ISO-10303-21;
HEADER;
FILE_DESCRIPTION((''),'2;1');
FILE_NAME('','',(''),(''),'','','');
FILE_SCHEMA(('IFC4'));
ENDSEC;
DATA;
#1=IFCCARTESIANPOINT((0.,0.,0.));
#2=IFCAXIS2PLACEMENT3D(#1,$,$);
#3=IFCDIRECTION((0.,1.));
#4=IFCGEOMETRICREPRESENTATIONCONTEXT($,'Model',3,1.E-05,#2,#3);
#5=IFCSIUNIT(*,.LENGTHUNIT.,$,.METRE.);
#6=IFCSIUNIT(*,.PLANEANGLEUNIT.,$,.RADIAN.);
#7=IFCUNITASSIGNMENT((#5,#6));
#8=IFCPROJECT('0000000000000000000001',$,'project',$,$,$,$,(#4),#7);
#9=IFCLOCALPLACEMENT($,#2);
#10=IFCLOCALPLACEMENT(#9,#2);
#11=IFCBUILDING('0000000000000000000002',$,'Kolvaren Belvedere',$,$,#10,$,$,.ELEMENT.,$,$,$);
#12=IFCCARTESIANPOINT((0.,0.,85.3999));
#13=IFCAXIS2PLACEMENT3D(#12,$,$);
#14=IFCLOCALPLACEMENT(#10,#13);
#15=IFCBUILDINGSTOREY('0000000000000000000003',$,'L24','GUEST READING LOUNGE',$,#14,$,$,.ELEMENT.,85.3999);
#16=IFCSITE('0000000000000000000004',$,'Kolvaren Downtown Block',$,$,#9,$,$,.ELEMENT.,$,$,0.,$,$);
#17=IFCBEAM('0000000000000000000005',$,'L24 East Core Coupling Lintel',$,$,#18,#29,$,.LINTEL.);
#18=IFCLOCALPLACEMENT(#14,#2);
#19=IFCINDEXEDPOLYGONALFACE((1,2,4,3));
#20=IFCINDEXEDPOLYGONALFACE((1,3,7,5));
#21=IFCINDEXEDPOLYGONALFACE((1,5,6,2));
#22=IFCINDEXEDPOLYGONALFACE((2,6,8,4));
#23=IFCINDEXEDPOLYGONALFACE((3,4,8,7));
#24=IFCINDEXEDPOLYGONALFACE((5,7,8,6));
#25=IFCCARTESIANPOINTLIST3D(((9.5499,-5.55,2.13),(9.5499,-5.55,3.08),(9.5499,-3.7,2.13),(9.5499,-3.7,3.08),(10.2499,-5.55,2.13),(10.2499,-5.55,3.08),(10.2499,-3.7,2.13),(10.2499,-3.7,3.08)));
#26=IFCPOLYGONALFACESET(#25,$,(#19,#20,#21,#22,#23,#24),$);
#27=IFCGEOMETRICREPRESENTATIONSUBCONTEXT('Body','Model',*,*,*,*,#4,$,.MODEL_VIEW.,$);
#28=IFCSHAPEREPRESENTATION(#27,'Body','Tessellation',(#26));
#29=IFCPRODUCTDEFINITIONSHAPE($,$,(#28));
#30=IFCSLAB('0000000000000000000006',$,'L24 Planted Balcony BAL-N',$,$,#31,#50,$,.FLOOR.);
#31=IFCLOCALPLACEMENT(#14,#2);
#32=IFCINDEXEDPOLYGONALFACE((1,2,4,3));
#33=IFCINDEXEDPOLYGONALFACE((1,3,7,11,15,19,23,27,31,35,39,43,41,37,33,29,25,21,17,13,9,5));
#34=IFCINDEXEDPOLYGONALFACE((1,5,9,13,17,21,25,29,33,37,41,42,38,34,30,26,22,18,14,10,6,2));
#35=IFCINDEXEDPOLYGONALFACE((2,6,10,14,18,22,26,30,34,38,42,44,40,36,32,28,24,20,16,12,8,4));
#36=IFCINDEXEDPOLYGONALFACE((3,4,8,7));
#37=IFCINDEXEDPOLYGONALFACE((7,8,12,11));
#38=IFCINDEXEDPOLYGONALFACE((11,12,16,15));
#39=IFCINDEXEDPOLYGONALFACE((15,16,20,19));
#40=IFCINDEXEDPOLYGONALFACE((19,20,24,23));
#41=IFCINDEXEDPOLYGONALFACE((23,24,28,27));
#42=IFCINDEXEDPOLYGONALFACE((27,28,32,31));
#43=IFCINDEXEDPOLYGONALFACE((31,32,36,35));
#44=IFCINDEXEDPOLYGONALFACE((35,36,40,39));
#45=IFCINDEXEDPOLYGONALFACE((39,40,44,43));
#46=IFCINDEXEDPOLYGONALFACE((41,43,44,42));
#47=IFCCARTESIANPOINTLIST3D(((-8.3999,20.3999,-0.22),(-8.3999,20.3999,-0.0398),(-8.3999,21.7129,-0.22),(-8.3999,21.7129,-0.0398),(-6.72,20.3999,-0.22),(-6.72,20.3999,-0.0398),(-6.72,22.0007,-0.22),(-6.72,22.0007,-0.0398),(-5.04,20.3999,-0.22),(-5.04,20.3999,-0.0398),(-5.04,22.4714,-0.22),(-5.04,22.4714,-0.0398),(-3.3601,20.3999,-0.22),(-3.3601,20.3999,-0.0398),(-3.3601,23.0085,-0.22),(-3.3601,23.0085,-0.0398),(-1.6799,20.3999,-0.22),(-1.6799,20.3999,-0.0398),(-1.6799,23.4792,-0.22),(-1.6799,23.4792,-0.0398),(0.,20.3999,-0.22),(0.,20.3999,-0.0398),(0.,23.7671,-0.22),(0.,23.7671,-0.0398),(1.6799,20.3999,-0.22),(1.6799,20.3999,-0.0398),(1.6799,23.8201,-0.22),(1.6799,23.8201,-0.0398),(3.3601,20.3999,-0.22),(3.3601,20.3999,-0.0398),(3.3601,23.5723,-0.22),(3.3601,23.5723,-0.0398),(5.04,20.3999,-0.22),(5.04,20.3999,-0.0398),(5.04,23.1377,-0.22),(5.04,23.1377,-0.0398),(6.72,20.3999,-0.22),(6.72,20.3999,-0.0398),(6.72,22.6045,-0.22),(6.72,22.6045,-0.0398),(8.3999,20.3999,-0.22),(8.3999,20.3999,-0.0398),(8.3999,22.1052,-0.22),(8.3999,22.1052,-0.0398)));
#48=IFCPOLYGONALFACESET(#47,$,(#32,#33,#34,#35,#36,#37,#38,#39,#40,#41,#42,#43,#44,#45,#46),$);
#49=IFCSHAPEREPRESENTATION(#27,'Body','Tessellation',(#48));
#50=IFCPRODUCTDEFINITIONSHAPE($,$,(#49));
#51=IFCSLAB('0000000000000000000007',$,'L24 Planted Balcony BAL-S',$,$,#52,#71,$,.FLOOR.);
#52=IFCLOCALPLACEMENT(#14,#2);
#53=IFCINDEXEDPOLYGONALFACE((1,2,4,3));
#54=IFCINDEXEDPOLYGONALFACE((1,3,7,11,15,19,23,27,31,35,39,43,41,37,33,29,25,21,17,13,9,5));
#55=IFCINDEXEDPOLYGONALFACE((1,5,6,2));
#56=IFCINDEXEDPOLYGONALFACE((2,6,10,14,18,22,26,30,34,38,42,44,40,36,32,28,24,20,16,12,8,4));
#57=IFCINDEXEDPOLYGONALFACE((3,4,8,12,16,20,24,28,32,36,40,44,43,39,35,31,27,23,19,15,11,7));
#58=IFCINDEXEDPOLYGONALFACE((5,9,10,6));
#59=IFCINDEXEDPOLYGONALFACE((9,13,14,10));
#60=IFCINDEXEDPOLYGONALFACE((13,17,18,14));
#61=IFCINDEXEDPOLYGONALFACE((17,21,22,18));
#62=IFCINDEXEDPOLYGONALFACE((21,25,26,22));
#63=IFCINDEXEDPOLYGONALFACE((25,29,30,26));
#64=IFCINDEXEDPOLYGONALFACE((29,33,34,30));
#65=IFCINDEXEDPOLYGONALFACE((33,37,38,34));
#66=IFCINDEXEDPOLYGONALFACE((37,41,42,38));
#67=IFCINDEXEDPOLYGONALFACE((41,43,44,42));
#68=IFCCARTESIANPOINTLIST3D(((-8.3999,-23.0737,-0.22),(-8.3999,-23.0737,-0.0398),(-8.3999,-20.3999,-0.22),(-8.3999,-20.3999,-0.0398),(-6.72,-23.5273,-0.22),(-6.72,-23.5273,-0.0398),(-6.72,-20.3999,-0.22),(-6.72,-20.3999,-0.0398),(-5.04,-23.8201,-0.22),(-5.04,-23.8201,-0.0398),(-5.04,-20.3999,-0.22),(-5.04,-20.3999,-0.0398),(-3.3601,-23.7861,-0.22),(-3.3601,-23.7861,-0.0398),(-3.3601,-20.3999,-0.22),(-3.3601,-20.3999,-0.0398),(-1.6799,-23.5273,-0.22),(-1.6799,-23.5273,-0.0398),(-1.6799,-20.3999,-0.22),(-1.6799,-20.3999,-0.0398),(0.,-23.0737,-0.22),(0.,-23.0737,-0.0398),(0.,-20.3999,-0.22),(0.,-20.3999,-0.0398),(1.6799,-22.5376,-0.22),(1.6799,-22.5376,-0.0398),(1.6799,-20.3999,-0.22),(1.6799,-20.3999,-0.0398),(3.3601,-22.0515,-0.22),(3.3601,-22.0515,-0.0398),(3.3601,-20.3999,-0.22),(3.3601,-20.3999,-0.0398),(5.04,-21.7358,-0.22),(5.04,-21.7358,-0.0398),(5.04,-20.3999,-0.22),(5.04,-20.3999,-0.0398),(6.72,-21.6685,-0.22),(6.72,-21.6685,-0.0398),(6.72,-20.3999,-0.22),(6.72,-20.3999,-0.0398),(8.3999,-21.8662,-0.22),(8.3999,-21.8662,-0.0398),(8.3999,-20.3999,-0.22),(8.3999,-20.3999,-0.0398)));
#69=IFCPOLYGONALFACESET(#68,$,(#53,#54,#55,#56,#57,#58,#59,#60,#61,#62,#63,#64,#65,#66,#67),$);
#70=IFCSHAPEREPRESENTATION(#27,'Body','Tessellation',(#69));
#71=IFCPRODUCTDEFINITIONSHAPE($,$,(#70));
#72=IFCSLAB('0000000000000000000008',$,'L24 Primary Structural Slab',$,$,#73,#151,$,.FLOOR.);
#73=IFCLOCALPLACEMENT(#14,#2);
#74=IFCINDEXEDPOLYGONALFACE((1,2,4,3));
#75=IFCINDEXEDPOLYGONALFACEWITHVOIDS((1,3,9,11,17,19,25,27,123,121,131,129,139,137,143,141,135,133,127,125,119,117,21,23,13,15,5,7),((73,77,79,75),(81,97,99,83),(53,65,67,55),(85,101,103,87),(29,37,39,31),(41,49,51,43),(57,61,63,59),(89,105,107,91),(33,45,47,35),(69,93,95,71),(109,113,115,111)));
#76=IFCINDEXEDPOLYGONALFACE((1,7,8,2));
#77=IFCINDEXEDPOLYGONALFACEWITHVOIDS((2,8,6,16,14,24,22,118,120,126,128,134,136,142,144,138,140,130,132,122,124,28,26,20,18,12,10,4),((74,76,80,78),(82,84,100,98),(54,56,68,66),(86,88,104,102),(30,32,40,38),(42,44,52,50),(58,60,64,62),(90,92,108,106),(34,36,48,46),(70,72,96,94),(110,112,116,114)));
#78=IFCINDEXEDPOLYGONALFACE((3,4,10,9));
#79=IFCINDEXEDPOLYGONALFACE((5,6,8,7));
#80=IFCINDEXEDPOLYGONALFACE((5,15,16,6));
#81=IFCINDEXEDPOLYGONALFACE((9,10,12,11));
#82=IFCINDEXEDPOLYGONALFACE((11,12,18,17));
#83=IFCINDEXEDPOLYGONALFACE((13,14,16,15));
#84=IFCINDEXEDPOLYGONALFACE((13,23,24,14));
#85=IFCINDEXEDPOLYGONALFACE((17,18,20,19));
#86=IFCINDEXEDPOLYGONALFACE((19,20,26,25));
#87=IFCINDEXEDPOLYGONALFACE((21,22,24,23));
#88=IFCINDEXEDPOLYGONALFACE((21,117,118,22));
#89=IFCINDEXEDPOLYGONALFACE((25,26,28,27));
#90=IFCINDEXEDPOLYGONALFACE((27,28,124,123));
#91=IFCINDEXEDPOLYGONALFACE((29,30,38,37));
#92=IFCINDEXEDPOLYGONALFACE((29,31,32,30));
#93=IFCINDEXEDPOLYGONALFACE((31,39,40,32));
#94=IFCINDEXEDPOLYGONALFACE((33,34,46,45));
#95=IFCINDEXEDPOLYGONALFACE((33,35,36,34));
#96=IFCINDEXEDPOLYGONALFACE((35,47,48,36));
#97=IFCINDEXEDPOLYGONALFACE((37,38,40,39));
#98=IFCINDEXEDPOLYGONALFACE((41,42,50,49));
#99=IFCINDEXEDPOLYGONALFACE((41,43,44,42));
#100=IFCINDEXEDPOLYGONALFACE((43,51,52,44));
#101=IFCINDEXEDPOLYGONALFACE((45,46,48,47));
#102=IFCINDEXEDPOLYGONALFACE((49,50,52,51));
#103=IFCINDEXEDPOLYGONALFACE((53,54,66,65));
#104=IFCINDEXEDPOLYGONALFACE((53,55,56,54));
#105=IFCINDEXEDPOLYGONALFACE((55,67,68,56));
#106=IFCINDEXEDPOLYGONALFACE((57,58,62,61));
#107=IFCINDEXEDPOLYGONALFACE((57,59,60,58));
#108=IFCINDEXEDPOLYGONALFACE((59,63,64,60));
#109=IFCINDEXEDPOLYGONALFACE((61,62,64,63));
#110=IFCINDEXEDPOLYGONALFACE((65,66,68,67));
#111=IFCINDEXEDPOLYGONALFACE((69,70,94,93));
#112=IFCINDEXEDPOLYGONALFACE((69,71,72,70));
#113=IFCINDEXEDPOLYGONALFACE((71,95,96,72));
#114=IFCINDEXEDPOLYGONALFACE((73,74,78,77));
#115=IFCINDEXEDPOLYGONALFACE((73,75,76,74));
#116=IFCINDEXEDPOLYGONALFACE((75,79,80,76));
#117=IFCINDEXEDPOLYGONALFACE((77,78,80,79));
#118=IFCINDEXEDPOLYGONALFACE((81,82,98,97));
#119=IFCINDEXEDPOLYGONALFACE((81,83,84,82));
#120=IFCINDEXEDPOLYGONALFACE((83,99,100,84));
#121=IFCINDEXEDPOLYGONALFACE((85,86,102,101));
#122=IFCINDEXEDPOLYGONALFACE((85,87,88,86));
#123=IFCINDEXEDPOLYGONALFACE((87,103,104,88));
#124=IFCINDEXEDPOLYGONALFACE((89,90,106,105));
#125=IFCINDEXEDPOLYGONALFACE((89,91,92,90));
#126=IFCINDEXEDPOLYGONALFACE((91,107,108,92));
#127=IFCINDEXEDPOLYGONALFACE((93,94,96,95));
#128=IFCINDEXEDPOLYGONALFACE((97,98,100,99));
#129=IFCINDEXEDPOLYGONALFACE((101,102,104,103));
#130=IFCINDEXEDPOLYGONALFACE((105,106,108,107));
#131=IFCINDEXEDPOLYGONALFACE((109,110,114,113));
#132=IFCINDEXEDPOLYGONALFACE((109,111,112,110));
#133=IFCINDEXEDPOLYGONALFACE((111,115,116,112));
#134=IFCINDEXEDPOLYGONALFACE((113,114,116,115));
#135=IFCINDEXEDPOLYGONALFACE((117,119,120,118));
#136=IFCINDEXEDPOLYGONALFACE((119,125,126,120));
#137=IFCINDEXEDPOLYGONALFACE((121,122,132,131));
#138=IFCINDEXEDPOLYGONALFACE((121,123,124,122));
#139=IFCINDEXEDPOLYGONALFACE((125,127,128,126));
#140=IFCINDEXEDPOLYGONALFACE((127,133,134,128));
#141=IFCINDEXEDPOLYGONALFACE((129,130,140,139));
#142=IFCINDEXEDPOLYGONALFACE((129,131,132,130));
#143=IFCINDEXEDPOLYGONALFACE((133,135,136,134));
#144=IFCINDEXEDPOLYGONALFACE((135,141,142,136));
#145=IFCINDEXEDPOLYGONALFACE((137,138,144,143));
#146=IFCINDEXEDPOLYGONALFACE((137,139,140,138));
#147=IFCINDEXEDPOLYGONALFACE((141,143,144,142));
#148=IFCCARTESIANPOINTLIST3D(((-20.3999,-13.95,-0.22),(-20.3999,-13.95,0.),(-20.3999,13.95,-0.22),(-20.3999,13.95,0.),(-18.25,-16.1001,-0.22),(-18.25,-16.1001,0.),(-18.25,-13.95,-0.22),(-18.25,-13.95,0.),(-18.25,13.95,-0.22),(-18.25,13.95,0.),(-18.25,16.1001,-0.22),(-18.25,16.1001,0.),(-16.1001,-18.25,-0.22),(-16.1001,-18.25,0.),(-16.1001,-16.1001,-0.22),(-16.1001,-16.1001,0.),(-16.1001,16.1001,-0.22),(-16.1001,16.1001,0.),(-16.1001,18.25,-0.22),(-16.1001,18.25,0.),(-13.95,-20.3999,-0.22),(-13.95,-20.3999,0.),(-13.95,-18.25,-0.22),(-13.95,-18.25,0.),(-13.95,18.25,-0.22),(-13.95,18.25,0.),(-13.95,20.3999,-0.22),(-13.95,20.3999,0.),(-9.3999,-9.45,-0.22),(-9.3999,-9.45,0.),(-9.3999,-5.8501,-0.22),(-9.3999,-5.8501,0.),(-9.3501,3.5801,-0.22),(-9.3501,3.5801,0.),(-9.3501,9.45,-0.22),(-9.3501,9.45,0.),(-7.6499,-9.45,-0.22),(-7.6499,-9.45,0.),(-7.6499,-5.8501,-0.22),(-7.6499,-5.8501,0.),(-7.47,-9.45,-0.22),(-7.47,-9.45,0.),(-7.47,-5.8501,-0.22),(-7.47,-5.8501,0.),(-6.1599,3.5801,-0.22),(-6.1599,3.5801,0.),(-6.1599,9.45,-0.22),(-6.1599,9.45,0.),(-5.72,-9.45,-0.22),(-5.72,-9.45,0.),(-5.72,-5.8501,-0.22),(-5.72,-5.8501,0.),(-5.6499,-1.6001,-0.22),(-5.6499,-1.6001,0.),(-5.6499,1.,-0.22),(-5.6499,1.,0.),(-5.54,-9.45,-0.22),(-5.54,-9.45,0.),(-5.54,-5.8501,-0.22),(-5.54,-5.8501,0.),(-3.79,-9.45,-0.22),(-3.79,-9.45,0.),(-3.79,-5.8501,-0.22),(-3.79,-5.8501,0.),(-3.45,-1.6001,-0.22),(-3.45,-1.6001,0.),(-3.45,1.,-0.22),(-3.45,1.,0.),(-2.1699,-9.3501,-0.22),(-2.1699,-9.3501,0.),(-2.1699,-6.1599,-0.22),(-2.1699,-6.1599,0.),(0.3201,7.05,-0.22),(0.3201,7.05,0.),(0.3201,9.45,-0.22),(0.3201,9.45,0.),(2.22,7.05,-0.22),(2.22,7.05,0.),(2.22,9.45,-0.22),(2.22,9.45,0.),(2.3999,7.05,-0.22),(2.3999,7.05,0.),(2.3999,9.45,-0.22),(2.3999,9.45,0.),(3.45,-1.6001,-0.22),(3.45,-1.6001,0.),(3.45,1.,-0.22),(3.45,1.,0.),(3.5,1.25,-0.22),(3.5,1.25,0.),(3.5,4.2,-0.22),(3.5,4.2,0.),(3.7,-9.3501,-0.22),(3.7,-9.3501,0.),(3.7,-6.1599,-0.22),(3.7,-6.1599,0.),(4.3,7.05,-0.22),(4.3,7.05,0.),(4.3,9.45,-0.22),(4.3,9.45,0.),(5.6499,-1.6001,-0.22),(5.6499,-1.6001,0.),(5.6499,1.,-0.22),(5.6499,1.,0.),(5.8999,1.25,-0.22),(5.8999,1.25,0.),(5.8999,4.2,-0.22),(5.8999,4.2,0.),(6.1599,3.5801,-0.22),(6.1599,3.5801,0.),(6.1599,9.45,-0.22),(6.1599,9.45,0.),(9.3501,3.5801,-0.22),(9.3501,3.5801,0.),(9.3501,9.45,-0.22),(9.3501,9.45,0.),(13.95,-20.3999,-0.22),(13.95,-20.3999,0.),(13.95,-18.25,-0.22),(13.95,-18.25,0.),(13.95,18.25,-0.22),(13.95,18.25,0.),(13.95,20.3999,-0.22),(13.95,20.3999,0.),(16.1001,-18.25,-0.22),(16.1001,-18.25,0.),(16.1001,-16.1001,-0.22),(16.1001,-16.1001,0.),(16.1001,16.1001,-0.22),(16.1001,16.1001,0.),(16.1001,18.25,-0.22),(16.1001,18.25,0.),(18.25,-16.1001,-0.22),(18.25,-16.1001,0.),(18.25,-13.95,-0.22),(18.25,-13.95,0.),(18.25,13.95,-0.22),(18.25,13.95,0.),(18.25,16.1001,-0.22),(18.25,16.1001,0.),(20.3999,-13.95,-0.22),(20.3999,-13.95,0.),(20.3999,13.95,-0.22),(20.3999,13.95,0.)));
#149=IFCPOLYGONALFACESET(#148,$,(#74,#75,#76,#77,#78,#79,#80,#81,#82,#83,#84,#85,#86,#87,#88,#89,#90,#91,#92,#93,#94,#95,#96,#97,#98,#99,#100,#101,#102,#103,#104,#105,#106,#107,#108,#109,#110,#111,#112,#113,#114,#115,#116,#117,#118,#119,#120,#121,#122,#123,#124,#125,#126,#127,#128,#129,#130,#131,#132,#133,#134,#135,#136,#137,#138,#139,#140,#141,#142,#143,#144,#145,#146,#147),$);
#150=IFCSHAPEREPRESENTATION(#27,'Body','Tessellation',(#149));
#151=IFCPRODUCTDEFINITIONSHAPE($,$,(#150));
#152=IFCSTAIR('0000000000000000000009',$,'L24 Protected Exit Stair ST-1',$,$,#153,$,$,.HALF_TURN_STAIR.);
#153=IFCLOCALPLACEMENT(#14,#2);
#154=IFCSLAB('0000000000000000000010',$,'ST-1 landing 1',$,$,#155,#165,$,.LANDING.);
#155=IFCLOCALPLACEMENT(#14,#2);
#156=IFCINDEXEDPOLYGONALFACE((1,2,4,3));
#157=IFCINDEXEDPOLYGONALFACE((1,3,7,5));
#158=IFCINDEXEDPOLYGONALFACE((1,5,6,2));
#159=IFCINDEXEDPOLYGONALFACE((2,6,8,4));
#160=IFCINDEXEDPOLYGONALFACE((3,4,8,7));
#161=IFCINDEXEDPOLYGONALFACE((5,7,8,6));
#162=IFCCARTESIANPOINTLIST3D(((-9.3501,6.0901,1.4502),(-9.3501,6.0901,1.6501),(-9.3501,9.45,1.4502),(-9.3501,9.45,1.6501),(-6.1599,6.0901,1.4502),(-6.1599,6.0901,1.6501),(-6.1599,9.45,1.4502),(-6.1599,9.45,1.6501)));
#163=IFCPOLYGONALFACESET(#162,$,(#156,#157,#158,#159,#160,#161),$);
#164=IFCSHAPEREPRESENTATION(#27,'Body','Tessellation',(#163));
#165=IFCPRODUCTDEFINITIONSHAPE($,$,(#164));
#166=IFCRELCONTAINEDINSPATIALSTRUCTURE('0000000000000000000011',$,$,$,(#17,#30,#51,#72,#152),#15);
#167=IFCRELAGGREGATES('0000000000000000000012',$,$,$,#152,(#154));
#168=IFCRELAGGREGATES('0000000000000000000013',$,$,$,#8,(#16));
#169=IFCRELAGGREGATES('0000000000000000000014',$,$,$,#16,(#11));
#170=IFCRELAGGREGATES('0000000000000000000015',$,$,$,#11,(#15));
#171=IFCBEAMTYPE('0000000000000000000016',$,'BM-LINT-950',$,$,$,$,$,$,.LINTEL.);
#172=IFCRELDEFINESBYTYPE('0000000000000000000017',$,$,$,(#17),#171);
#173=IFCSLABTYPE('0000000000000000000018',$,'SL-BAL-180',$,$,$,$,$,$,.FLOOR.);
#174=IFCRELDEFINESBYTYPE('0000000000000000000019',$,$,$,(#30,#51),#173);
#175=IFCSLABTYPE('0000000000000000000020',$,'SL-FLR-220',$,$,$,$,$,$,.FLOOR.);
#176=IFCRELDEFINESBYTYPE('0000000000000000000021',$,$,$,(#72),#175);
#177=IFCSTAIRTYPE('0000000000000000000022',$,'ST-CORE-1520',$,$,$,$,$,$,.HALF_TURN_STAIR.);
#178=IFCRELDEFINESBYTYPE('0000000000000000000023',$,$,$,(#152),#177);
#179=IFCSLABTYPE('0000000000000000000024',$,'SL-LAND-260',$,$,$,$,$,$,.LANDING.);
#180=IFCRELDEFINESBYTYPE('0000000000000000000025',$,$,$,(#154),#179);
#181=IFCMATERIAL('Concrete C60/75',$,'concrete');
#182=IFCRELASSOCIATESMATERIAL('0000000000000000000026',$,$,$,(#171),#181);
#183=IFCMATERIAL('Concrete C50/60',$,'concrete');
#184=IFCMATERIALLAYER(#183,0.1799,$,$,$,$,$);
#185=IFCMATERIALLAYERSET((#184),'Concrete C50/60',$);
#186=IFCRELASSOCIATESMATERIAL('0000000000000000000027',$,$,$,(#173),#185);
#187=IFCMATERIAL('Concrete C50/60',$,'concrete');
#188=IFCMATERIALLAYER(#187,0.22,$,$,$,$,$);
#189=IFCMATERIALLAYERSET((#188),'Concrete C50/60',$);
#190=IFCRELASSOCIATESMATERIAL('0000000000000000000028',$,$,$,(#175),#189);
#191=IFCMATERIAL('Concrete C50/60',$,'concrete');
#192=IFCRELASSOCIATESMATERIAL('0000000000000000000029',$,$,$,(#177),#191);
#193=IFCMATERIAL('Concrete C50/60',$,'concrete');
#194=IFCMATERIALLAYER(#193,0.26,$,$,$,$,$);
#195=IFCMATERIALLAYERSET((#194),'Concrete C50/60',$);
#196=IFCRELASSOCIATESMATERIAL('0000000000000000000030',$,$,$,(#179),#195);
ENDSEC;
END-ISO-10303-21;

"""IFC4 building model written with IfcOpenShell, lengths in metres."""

from ifc_helpers import new_model, si_unit, direction, frame, origin, origin_2d, place, context, subcontext, project, spatial, polyline, rectangle, outline, extrude, material, layer, layer_set, material_profile, profile_set, type_object, element, aggregate, save


model = new_model("IFC4")

# Units and contexts
model_context = context("Model", 3, precision=1e-05, world=origin(), true_north=direction((0.0, 1.0)))
body_context = subcontext(model_context, "Body", "Model", "MODEL_VIEW")
ifc_project = project(units=[si_unit("LENGTHUNIT", "METRE"), si_unit("PLANEANGLEUNIT", "RADIAN")], contexts=[model_context])

# Site, building, storey
site_placement = place(None, origin())
site = spatial("IfcSite", under=ifc_project, at=site_placement, Name="Kolvaren Downtown Block", CompositionType="ELEMENT", RefElevation=0.0)
building_placement = place(site_placement, origin())
building = spatial("IfcBuilding", under=site, at=building_placement, Name="Kolvaren Belvedere", CompositionType="ELEMENT")
storey_placement = place(building_placement, frame((0.0, 0.0, 85.3999)))
storey = spatial("IfcBuildingStorey", under=building, at=storey_placement, Name="L24", Description="GUEST READING LOUNGE", CompositionType="ELEMENT", Elevation=85.3999)

# Beam
ifc_material_1 = material(Name="Concrete C60/75", Category="concrete")
ifc_material_profile = material_profile(ifc_material_1, rectangle(XDim=0.7, YDim=0.95, at=origin_2d()), Name="RC 700X950")
ifc_profile_set = profile_set([ifc_material_profile], Name="Concrete C60/75")
beam_type = type_object("IfcBeamType", Name="BM-LINT-950", PredefinedType="LINTEL", material=ifc_profile_set)
beam_placement = place(storey_placement, frame((9.8999, -5.55, 2.605), z_axis=(0.0, 1.0, 0.0), x_axis=(-1.0, 0.0, 0.0)))
element("IfcBeam", 1, at=beam_placement, inside=storey, type_object=beam_type, Name="L24 East Core Coupling Lintel", PredefinedType="LINTEL", context=body_context, shape_type="SweptSolid", body=[
    extrude(rectangle(XDim=0.7, YDim=0.95, at=origin_2d()), origin(), (0.0, 0.0, 1.0), 1.8501),
])

# Slabs
ifc_material_2 = material(Name="Concrete C50/60", Category="concrete")
ifc_layer_1 = layer(ifc_material_2, 0.1799)
ifc_layer_set_1 = layer_set([ifc_layer_1], Name="Concrete C50/60")
slab_type_1 = type_object("IfcSlabType", Name="SL-BAL-180", PredefinedType="FLOOR", material=ifc_layer_set_1)
slab_1_placement = place(storey_placement, frame((0.0, 0.0, -0.22)))
element("IfcSlab", 2, at=slab_1_placement, inside=storey, type_object=slab_type_1, Name="L24 Planted Balcony BAL-N", PredefinedType="FLOOR", context=body_context, shape_type="SweptSolid", body=[
    extrude(outline(polyline([(-8.3999, 20.3999), (-6.72, 20.3999), (-5.04, 20.3999), (-3.3601, 20.3999), (-1.6799, 20.3999), (0.0, 20.3999), (1.6799, 20.3999), (3.3601, 20.3999), (5.04, 20.3999), (6.72, 20.3999), (8.3999, 20.3999), (8.3999, 22.1052), (6.72, 22.6045), (5.04, 23.1377), (3.3601, 23.5723), (1.6799, 23.8201), (0.0, 23.7671), (-1.6799, 23.4792), (-3.3601, 23.0085), (-5.04, 22.4714), (-6.72, 22.0007), (-8.3999, 21.7129), (-8.3999, 20.3999)])), origin(), (0.0, 0.0, 1.0), 0.1802),
])
slab_2_placement = place(storey_placement, frame((0.0, 0.0, -0.22)))
element("IfcSlab", 3, at=slab_2_placement, inside=storey, type_object=slab_type_1, Name="L24 Planted Balcony BAL-S", PredefinedType="FLOOR", context=body_context, shape_type="SweptSolid", body=[
    extrude(outline(polyline([(-8.3999, -23.0737), (-6.72, -23.5273), (-5.04, -23.8201), (-3.3601, -23.7861), (-1.6799, -23.5273), (0.0, -23.0737), (1.6799, -22.5376), (3.3601, -22.0515), (5.04, -21.7358), (6.72, -21.6685), (8.3999, -21.8662), (8.3999, -20.3999), (6.72, -20.3999), (5.04, -20.3999), (3.3601, -20.3999), (1.6799, -20.3999), (0.0, -20.3999), (-1.6799, -20.3999), (-3.3601, -20.3999), (-5.04, -20.3999), (-6.72, -20.3999), (-8.3999, -20.3999), (-8.3999, -23.0737)])), origin(), (0.0, 0.0, 1.0), 0.1802),
])
ifc_material_3 = material(Name="Concrete C50/60", Category="concrete")
ifc_layer_2 = layer(ifc_material_3, 0.22)
ifc_layer_set_2 = layer_set([ifc_layer_2], Name="Concrete C50/60")
slab_type_2 = type_object("IfcSlabType", Name="SL-FLR-220", PredefinedType="FLOOR", material=ifc_layer_set_2)
slab_3_placement = place(storey_placement, frame((0.0, 0.0, -0.22)))
element("IfcSlab", 4, at=slab_3_placement, inside=storey, type_object=slab_type_2, Name="L24 Primary Structural Slab", PredefinedType="FLOOR", context=body_context, shape_type="SweptSolid", body=[
    extrude(outline(polyline([(-13.95, -20.3999), (13.95, -20.3999), (13.95, -18.25), (16.1001, -18.25), (16.1001, -16.1001), (18.25, -16.1001), (18.25, -13.95), (20.3999, -13.95), (20.3999, 13.95), (18.25, 13.95), (18.25, 16.1001), (16.1001, 16.1001), (16.1001, 18.25), (13.95, 18.25), (13.95, 20.3999), (-13.95, 20.3999), (-13.95, 18.25), (-16.1001, 18.25), (-16.1001, 16.1001), (-18.25, 16.1001), (-18.25, 13.95), (-20.3999, 13.95), (-20.3999, -13.95), (-18.25, -13.95), (-18.25, -16.1001), (-16.1001, -16.1001), (-16.1001, -18.25), (-13.95, -18.25), (-13.95, -20.3999)]), holes=[polyline([(-9.3501, 3.5801), (-6.1599, 3.5801), (-6.1599, 9.45), (-9.3501, 9.45), (-9.3501, 3.5801)]), polyline([(6.1599, 3.5801), (9.3501, 3.5801), (9.3501, 9.45), (6.1599, 9.45), (6.1599, 3.5801)]), polyline([(-2.1699, -9.3501), (3.7, -9.3501), (3.7, -6.1599), (-2.1699, -6.1599), (-2.1699, -9.3501)]), polyline([(-5.6499, -1.6001), (-3.45, -1.6001), (-3.45, 1.0), (-5.6499, 1.0), (-5.6499, -1.6001)]), polyline([(3.5, 1.25), (5.8999, 1.25), (5.8999, 4.2), (3.5, 4.2), (3.5, 1.25)]), polyline([(3.45, -1.6001), (5.6499, -1.6001), (5.6499, 1.0), (3.45, 1.0), (3.45, -1.6001)]), polyline([(-9.3999, -9.45), (-7.6499, -9.45), (-7.6499, -5.8501), (-9.3999, -5.8501), (-9.3999, -9.45)]), polyline([(-7.47, -9.45), (-5.72, -9.45), (-5.72, -5.8501), (-7.47, -5.8501), (-7.47, -9.45)]), polyline([(-5.54, -9.45), (-3.79, -9.45), (-3.79, -5.8501), (-5.54, -5.8501), (-5.54, -9.45)]), polyline([(0.3201, 7.05), (2.22, 7.05), (2.22, 9.45), (0.3201, 9.45), (0.3201, 7.05)]), polyline([(2.3999, 7.05), (4.3, 7.05), (4.3, 9.45), (2.3999, 9.45), (2.3999, 7.05)])]), origin(), (0.0, 0.0, 1.0), 0.22),
])

# Stair, slab
ifc_material_4 = material(Name="Concrete C50/60", Category="concrete")
stair_type = type_object("IfcStairType", Name="ST-CORE-1520", PredefinedType="HALF_TURN_STAIR", material=ifc_material_4)
stair_placement = place(storey_placement, origin())
stair = element("IfcStair", 5, at=stair_placement, inside=storey, type_object=stair_type, Name="L24 Protected Exit Stair ST-1", PredefinedType="HALF_TURN_STAIR")
ifc_material_5 = material(Name="Concrete C50/60", Category="concrete")
ifc_layer_3 = layer(ifc_material_5, 0.26)
ifc_layer_set_3 = layer_set([ifc_layer_3], Name="Concrete C50/60")
slab_type_3 = type_object("IfcSlabType", Name="SL-LAND-260", PredefinedType="LANDING", material=ifc_layer_set_3)
slab_4_placement = place(storey_placement, frame((0.0, 0.0, 1.4502)))
slab_4 = element("IfcSlab", 6, at=slab_4_placement, type_object=slab_type_3, Name="ST-1 landing 1", PredefinedType="LANDING", context=body_context, shape_type="SweptSolid", body=[
    extrude(outline(polyline([(-6.1599, 6.0901), (-6.1599, 9.45), (-9.3501, 9.45), (-9.3501, 6.0901), (-6.1599, 6.0901)])), origin(), (0.0, 0.0, 1.0), 0.2),
])
aggregate(stair, [slab_4])

save(model, "model.ifc")
